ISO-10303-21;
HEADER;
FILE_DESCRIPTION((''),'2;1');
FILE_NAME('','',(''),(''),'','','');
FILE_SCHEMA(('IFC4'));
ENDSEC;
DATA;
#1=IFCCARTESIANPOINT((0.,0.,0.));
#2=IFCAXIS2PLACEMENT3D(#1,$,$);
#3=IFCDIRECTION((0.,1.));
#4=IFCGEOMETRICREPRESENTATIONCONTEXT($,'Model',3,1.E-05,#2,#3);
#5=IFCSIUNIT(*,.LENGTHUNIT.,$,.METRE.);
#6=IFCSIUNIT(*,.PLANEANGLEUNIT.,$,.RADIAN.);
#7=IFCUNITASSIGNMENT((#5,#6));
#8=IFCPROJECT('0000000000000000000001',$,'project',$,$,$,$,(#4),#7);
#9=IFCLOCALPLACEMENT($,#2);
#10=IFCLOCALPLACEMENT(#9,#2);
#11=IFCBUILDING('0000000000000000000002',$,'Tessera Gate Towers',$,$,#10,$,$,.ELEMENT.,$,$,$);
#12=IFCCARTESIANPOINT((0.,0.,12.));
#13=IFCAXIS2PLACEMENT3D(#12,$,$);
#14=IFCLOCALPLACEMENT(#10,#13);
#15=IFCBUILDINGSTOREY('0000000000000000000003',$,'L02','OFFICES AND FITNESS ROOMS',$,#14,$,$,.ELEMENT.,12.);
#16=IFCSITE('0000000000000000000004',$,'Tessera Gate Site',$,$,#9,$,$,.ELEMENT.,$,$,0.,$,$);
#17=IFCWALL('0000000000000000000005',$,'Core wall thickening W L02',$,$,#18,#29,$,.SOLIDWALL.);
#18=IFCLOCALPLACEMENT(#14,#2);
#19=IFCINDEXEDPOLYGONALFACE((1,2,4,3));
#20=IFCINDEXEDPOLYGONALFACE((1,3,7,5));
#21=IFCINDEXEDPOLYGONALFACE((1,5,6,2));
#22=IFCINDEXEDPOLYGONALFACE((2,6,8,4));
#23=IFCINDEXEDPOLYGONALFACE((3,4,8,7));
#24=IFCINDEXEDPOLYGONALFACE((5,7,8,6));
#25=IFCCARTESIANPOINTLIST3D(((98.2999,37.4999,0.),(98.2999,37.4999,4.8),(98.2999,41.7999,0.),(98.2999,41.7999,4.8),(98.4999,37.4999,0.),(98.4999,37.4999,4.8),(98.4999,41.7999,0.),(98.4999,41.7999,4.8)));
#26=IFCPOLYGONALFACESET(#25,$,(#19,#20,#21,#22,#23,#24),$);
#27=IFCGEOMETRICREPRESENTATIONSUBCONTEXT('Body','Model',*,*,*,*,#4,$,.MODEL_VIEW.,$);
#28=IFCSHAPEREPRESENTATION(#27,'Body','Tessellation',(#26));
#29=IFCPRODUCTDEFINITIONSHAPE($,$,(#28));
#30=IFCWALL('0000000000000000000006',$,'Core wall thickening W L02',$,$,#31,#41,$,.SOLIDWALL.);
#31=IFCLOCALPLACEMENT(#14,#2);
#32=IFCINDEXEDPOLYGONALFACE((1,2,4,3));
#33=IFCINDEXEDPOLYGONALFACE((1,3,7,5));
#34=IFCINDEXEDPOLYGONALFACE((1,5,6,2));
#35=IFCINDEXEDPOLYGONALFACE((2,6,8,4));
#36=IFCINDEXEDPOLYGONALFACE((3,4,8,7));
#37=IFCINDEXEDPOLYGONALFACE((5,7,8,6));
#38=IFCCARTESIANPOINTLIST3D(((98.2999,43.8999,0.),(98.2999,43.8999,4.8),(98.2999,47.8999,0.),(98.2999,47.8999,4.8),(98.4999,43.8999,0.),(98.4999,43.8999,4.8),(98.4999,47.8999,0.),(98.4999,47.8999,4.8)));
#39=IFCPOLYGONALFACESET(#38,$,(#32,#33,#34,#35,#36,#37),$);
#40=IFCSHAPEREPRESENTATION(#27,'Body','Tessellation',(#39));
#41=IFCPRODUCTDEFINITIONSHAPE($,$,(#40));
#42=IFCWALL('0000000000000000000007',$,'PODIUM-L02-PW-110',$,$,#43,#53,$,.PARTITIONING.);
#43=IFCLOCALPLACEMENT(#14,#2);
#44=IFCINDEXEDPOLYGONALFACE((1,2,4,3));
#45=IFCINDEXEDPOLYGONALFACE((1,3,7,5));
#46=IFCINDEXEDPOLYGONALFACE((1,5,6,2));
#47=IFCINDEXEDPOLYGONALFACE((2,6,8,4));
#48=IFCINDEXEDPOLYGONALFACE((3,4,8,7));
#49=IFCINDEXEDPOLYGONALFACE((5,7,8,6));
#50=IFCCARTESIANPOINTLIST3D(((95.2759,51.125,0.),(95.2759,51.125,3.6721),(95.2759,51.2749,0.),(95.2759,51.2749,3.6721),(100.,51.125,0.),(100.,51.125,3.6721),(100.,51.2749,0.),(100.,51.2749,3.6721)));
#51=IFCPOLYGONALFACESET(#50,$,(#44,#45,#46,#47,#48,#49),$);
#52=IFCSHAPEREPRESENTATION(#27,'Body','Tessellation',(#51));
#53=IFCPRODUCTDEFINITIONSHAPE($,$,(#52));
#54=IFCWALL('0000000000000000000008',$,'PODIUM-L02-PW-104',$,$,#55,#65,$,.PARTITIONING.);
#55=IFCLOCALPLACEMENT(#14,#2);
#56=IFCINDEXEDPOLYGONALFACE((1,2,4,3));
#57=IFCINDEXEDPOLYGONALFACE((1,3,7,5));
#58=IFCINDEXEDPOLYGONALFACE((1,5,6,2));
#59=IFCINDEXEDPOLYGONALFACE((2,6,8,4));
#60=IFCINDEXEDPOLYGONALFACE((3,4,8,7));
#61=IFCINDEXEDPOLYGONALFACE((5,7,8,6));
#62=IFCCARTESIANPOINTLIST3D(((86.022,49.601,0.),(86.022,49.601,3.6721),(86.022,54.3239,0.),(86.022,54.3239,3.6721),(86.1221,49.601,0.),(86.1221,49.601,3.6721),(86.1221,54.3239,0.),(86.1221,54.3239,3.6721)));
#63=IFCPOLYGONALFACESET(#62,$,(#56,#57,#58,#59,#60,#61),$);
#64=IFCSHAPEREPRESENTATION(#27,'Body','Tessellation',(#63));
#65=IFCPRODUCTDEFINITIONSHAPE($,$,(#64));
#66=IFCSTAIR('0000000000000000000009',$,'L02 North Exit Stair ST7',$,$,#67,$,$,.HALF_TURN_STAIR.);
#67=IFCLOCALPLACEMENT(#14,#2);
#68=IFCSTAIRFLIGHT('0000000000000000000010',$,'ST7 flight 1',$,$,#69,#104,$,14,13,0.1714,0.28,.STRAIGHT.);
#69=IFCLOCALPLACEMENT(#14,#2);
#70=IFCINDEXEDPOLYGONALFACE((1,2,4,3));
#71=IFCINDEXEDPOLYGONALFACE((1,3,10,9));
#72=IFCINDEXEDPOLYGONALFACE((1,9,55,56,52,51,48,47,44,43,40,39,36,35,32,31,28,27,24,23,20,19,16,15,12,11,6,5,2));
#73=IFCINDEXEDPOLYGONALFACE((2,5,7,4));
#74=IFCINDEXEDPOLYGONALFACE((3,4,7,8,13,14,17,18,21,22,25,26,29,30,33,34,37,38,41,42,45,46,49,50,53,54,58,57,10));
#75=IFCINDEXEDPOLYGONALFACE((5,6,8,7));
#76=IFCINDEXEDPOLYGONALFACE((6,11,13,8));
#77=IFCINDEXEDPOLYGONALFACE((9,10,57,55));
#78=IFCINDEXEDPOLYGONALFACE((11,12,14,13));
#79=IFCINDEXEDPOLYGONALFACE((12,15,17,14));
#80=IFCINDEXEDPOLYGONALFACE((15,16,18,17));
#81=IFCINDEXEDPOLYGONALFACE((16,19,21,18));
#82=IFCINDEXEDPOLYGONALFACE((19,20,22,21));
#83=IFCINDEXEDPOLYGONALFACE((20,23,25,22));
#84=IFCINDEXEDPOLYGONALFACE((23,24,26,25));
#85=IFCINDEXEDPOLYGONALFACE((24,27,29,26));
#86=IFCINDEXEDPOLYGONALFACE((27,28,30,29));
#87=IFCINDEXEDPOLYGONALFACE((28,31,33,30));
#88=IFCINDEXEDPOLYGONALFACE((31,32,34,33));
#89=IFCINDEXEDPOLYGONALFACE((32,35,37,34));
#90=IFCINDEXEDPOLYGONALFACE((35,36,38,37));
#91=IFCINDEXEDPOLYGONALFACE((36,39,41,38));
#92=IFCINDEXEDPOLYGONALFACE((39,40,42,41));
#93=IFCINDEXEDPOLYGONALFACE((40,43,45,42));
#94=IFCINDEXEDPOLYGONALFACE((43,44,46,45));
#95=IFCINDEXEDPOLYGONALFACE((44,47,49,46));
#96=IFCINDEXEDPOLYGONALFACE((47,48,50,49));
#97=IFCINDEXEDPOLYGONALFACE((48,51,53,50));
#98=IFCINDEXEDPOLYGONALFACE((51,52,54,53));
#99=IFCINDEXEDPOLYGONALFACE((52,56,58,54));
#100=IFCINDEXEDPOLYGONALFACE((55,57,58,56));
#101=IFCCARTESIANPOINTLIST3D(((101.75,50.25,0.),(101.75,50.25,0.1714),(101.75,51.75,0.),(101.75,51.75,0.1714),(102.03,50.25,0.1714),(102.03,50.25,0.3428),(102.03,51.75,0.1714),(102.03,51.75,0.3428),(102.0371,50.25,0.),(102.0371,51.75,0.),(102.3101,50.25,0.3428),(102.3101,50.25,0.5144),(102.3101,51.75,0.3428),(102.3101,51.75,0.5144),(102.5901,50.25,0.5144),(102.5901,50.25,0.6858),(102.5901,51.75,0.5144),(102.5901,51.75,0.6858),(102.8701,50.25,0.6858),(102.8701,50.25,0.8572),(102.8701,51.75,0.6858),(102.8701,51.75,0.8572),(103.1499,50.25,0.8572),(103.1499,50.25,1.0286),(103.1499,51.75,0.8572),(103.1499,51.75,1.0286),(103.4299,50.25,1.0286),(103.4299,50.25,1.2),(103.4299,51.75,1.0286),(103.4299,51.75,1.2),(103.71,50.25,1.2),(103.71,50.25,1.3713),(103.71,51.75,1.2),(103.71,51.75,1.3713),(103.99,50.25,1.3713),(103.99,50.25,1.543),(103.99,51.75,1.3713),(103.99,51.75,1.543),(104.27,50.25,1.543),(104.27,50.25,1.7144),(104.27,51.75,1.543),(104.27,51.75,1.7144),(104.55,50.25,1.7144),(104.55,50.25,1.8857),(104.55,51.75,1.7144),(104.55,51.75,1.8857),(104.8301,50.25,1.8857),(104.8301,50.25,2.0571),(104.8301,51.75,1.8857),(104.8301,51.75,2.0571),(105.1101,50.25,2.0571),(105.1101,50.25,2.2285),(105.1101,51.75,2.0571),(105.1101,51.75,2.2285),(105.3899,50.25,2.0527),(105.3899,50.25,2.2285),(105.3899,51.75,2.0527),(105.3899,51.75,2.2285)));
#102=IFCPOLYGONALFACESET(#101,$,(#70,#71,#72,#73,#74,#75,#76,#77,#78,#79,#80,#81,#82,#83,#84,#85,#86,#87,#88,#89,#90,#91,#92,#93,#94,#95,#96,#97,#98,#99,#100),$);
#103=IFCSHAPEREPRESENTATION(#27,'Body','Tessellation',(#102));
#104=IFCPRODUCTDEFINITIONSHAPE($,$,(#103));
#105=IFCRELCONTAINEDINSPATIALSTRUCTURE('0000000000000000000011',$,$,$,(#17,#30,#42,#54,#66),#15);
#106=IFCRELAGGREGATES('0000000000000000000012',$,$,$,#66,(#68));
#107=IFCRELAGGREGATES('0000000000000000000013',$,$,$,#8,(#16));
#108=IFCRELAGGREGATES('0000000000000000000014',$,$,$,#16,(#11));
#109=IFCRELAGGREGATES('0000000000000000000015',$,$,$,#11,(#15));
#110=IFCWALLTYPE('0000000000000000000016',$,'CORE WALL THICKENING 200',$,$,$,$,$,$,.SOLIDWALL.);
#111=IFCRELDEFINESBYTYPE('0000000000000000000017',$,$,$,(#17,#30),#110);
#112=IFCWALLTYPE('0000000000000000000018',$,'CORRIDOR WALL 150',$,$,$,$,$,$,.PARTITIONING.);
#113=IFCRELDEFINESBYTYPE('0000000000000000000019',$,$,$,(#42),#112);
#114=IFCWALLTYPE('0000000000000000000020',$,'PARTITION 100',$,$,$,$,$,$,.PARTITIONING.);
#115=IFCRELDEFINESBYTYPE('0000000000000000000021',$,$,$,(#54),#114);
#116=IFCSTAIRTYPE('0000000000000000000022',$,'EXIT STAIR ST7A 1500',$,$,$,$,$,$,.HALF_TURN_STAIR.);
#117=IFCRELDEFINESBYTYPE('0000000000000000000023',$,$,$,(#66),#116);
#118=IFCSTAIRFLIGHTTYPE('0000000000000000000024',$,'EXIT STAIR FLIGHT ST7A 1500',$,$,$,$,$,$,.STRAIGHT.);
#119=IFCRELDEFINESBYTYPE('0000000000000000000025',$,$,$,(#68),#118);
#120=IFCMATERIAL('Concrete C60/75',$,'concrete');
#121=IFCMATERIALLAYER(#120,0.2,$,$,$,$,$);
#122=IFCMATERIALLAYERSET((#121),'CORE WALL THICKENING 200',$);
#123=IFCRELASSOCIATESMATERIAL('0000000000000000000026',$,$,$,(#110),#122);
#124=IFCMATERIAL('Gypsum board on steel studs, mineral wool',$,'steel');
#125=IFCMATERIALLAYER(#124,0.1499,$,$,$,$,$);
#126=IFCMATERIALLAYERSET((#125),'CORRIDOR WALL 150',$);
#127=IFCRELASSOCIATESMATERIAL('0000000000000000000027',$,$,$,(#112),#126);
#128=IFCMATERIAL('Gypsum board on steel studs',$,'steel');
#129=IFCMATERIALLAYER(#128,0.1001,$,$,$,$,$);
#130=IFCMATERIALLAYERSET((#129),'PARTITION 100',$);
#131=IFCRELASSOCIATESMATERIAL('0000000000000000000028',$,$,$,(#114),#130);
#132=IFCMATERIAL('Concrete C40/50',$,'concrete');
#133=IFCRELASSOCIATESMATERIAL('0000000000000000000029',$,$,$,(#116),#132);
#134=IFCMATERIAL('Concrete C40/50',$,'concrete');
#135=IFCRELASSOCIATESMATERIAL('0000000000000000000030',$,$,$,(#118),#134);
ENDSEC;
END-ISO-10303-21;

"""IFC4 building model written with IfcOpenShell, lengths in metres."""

from ifc_helpers import new_model, si_unit, direction, frame, frame_2d, origin, place, context, subcontext, project, spatial, polyline, rectangle, outline, extrude, material, layer, layer_set, type_object, element, aggregate, save


model = new_model("IFC4")

# Units and contexts
model_context = context("Model", 3, precision=1e-05, world=origin(), true_north=direction((0.0, 1.0)))
body_context = subcontext(model_context, "Body", "Model", "MODEL_VIEW")
ifc_project = project(units=[si_unit("LENGTHUNIT", "METRE"), si_unit("PLANEANGLEUNIT", "RADIAN")], contexts=[model_context])

# Site, building, storey
site_placement = place(None, origin())
site = spatial("IfcSite", under=ifc_project, at=site_placement, Name="Tessera Gate Site", CompositionType="ELEMENT", RefElevation=0.0)
building_placement = place(site_placement, origin())
building = spatial("IfcBuilding", under=site, at=building_placement, Name="Tessera Gate Towers", CompositionType="ELEMENT")
storey_placement = place(building_placement, frame((0.0, 0.0, 12.0)))
storey = spatial("IfcBuildingStorey", under=building, at=storey_placement, Name="L02", Description="OFFICES AND FITNESS ROOMS", CompositionType="ELEMENT", Elevation=12.0)

# Walls
ifc_material_1 = material(Name="Concrete C60/75", Category="concrete")
ifc_layer_1 = layer(ifc_material_1, 0.2)
ifc_layer_set_1 = layer_set([ifc_layer_1], Name="CORE WALL THICKENING 200")
wall_type_1 = type_object("IfcWallType", Name="CORE WALL THICKENING 200", PredefinedType="SOLIDWALL", material=ifc_layer_set_1)
wall_1_placement = place(storey_placement, frame((98.3999, 37.5, 0.0), z_axis=(0.0, 0.0, 1.0), x_axis=(0.0, 1.0, 0.0)))
element("IfcWall", 1, at=wall_1_placement, inside=storey, type_object=wall_type_1, Name="Core wall thickening W L02", PredefinedType="SOLIDWALL", context=body_context, shape_type="SweptSolid", body=[
    extrude(rectangle(XDim=4.3, YDim=0.2, at=frame_2d((2.1499, 0.0))), origin(), (0.0, 0.0, 1.0), 4.8),
])
wall_2_placement = place(storey_placement, frame((98.3999, 43.8999, 0.0), z_axis=(0.0, 0.0, 1.0), x_axis=(0.0, 1.0, 0.0)))
element("IfcWall", 2, at=wall_2_placement, inside=storey, type_object=wall_type_1, Name="Core wall thickening W L02", PredefinedType="SOLIDWALL", context=body_context, shape_type="SweptSolid", body=[
    extrude(rectangle(XDim=4.0, YDim=0.2, at=frame_2d((2.0, 0.0))), origin(), (0.0, 0.0, 1.0), 4.8),
])
ifc_material_2 = material(Name="Gypsum board on steel studs, mineral wool", Category="steel")
ifc_layer_2 = layer(ifc_material_2, 0.1499)
ifc_layer_set_2 = layer_set([ifc_layer_2], Name="CORRIDOR WALL 150")
wall_type_2 = type_object("IfcWallType", Name="CORRIDOR WALL 150", PredefinedType="PARTITIONING", material=ifc_layer_set_2)
wall_3_placement = place(storey_placement, frame((95.2759, 51.2, 0.0), z_axis=(0.0, 0.0, 1.0), x_axis=(1.0, 0.0, 0.0)))
element("IfcWall", 3, at=wall_3_placement, inside=storey, type_object=wall_type_2, Name="PODIUM-L02-PW-110", PredefinedType="PARTITIONING", context=body_context, shape_type="SweptSolid", body=[
    extrude(rectangle(XDim=4.7241, YDim=0.1499, at=frame_2d((2.3621, 0.0))), origin(), (0.0, 0.0, 1.0), 3.6721),
])
ifc_material_3 = material(Name="Gypsum board on steel studs", Category="steel")
ifc_layer_3 = layer(ifc_material_3, 0.1001)
ifc_layer_set_3 = layer_set([ifc_layer_3], Name="PARTITION 100")
wall_type_3 = type_object("IfcWallType", Name="PARTITION 100", PredefinedType="PARTITIONING", material=ifc_layer_set_3)
wall_4_placement = place(storey_placement, frame((86.072, 49.6011, 0.0), z_axis=(0.0, 0.0, 1.0), x_axis=(0.0, 1.0, 0.0)))
element("IfcWall", 4, at=wall_4_placement, inside=storey, type_object=wall_type_3, Name="PODIUM-L02-PW-104", PredefinedType="PARTITIONING", context=body_context, shape_type="SweptSolid", body=[
    extrude(rectangle(XDim=4.7229, YDim=0.1001, at=frame_2d((2.3613, 0.0))), origin(), (0.0, 0.0, 1.0), 3.6721),
])

# Stair, stair flight
ifc_material_4 = material(Name="Concrete C40/50", Category="concrete")
stair_type = type_object("IfcStairType", Name="EXIT STAIR ST7A 1500", PredefinedType="HALF_TURN_STAIR", material=ifc_material_4)
stair_placement = place(storey_placement, origin())
stair = element("IfcStair", 5, at=stair_placement, inside=storey, type_object=stair_type, Name="L02 North Exit Stair ST7", PredefinedType="HALF_TURN_STAIR")
ifc_material_5 = material(Name="Concrete C40/50", Category="concrete")
stair_flight_type = type_object("IfcStairFlightType", Name="EXIT STAIR FLIGHT ST7A 1500", PredefinedType="STRAIGHT", material=ifc_material_5)
stair_flight_placement = place(storey_placement, frame((101.75, 51.0, 0.0), z_axis=(0.0, 0.0, 1.0), x_axis=(1.0, 0.0, 0.0)))
stair_flight = element("IfcStairFlight", 6, at=stair_flight_placement, type_object=stair_flight_type, Name="ST7 flight 1", NumberOfRisers=14, NumberOfTreads=13, PredefinedType="STRAIGHT", RiserHeight=0.1714, TreadLength=0.28, context=body_context, shape_type="SweptSolid", body=[
    extrude(outline(polyline([(0.0, 0.0), (0.0, 0.1714), (0.28, 0.1714), (0.28, 0.3428), (0.5601, 0.3428), (0.5601, 0.5144), (0.8401, 0.5144), (0.8401, 0.6858), (1.1201, 0.6858), (1.1201, 0.8572), (1.3999, 0.8572), (1.3999, 1.0286), (1.6799, 1.0286), (1.6799, 1.2), (1.96, 1.2), (1.96, 1.3713), (2.24, 1.3713), (2.24, 1.543), (2.52, 1.543), (2.52, 1.7144), (2.8, 1.7144), (2.8, 1.8857), (3.0801, 1.8857), (3.0801, 2.0571), (3.3601, 2.0571), (3.3601, 2.2285), (3.6399, 2.2285), (3.6399, 2.3999), (3.6399, 2.0527), (0.2871, 0.0), (0.0, 0.0)])), frame((0.0, 0.75, 0.0), z_axis=(0.0, -1.0, 0.0), x_axis=(1.0, 0.0, 0.0)), (0.0, 0.0, 1.0), 1.5),
])
aggregate(stair, [stair_flight])

save(model, "model.ifc")
